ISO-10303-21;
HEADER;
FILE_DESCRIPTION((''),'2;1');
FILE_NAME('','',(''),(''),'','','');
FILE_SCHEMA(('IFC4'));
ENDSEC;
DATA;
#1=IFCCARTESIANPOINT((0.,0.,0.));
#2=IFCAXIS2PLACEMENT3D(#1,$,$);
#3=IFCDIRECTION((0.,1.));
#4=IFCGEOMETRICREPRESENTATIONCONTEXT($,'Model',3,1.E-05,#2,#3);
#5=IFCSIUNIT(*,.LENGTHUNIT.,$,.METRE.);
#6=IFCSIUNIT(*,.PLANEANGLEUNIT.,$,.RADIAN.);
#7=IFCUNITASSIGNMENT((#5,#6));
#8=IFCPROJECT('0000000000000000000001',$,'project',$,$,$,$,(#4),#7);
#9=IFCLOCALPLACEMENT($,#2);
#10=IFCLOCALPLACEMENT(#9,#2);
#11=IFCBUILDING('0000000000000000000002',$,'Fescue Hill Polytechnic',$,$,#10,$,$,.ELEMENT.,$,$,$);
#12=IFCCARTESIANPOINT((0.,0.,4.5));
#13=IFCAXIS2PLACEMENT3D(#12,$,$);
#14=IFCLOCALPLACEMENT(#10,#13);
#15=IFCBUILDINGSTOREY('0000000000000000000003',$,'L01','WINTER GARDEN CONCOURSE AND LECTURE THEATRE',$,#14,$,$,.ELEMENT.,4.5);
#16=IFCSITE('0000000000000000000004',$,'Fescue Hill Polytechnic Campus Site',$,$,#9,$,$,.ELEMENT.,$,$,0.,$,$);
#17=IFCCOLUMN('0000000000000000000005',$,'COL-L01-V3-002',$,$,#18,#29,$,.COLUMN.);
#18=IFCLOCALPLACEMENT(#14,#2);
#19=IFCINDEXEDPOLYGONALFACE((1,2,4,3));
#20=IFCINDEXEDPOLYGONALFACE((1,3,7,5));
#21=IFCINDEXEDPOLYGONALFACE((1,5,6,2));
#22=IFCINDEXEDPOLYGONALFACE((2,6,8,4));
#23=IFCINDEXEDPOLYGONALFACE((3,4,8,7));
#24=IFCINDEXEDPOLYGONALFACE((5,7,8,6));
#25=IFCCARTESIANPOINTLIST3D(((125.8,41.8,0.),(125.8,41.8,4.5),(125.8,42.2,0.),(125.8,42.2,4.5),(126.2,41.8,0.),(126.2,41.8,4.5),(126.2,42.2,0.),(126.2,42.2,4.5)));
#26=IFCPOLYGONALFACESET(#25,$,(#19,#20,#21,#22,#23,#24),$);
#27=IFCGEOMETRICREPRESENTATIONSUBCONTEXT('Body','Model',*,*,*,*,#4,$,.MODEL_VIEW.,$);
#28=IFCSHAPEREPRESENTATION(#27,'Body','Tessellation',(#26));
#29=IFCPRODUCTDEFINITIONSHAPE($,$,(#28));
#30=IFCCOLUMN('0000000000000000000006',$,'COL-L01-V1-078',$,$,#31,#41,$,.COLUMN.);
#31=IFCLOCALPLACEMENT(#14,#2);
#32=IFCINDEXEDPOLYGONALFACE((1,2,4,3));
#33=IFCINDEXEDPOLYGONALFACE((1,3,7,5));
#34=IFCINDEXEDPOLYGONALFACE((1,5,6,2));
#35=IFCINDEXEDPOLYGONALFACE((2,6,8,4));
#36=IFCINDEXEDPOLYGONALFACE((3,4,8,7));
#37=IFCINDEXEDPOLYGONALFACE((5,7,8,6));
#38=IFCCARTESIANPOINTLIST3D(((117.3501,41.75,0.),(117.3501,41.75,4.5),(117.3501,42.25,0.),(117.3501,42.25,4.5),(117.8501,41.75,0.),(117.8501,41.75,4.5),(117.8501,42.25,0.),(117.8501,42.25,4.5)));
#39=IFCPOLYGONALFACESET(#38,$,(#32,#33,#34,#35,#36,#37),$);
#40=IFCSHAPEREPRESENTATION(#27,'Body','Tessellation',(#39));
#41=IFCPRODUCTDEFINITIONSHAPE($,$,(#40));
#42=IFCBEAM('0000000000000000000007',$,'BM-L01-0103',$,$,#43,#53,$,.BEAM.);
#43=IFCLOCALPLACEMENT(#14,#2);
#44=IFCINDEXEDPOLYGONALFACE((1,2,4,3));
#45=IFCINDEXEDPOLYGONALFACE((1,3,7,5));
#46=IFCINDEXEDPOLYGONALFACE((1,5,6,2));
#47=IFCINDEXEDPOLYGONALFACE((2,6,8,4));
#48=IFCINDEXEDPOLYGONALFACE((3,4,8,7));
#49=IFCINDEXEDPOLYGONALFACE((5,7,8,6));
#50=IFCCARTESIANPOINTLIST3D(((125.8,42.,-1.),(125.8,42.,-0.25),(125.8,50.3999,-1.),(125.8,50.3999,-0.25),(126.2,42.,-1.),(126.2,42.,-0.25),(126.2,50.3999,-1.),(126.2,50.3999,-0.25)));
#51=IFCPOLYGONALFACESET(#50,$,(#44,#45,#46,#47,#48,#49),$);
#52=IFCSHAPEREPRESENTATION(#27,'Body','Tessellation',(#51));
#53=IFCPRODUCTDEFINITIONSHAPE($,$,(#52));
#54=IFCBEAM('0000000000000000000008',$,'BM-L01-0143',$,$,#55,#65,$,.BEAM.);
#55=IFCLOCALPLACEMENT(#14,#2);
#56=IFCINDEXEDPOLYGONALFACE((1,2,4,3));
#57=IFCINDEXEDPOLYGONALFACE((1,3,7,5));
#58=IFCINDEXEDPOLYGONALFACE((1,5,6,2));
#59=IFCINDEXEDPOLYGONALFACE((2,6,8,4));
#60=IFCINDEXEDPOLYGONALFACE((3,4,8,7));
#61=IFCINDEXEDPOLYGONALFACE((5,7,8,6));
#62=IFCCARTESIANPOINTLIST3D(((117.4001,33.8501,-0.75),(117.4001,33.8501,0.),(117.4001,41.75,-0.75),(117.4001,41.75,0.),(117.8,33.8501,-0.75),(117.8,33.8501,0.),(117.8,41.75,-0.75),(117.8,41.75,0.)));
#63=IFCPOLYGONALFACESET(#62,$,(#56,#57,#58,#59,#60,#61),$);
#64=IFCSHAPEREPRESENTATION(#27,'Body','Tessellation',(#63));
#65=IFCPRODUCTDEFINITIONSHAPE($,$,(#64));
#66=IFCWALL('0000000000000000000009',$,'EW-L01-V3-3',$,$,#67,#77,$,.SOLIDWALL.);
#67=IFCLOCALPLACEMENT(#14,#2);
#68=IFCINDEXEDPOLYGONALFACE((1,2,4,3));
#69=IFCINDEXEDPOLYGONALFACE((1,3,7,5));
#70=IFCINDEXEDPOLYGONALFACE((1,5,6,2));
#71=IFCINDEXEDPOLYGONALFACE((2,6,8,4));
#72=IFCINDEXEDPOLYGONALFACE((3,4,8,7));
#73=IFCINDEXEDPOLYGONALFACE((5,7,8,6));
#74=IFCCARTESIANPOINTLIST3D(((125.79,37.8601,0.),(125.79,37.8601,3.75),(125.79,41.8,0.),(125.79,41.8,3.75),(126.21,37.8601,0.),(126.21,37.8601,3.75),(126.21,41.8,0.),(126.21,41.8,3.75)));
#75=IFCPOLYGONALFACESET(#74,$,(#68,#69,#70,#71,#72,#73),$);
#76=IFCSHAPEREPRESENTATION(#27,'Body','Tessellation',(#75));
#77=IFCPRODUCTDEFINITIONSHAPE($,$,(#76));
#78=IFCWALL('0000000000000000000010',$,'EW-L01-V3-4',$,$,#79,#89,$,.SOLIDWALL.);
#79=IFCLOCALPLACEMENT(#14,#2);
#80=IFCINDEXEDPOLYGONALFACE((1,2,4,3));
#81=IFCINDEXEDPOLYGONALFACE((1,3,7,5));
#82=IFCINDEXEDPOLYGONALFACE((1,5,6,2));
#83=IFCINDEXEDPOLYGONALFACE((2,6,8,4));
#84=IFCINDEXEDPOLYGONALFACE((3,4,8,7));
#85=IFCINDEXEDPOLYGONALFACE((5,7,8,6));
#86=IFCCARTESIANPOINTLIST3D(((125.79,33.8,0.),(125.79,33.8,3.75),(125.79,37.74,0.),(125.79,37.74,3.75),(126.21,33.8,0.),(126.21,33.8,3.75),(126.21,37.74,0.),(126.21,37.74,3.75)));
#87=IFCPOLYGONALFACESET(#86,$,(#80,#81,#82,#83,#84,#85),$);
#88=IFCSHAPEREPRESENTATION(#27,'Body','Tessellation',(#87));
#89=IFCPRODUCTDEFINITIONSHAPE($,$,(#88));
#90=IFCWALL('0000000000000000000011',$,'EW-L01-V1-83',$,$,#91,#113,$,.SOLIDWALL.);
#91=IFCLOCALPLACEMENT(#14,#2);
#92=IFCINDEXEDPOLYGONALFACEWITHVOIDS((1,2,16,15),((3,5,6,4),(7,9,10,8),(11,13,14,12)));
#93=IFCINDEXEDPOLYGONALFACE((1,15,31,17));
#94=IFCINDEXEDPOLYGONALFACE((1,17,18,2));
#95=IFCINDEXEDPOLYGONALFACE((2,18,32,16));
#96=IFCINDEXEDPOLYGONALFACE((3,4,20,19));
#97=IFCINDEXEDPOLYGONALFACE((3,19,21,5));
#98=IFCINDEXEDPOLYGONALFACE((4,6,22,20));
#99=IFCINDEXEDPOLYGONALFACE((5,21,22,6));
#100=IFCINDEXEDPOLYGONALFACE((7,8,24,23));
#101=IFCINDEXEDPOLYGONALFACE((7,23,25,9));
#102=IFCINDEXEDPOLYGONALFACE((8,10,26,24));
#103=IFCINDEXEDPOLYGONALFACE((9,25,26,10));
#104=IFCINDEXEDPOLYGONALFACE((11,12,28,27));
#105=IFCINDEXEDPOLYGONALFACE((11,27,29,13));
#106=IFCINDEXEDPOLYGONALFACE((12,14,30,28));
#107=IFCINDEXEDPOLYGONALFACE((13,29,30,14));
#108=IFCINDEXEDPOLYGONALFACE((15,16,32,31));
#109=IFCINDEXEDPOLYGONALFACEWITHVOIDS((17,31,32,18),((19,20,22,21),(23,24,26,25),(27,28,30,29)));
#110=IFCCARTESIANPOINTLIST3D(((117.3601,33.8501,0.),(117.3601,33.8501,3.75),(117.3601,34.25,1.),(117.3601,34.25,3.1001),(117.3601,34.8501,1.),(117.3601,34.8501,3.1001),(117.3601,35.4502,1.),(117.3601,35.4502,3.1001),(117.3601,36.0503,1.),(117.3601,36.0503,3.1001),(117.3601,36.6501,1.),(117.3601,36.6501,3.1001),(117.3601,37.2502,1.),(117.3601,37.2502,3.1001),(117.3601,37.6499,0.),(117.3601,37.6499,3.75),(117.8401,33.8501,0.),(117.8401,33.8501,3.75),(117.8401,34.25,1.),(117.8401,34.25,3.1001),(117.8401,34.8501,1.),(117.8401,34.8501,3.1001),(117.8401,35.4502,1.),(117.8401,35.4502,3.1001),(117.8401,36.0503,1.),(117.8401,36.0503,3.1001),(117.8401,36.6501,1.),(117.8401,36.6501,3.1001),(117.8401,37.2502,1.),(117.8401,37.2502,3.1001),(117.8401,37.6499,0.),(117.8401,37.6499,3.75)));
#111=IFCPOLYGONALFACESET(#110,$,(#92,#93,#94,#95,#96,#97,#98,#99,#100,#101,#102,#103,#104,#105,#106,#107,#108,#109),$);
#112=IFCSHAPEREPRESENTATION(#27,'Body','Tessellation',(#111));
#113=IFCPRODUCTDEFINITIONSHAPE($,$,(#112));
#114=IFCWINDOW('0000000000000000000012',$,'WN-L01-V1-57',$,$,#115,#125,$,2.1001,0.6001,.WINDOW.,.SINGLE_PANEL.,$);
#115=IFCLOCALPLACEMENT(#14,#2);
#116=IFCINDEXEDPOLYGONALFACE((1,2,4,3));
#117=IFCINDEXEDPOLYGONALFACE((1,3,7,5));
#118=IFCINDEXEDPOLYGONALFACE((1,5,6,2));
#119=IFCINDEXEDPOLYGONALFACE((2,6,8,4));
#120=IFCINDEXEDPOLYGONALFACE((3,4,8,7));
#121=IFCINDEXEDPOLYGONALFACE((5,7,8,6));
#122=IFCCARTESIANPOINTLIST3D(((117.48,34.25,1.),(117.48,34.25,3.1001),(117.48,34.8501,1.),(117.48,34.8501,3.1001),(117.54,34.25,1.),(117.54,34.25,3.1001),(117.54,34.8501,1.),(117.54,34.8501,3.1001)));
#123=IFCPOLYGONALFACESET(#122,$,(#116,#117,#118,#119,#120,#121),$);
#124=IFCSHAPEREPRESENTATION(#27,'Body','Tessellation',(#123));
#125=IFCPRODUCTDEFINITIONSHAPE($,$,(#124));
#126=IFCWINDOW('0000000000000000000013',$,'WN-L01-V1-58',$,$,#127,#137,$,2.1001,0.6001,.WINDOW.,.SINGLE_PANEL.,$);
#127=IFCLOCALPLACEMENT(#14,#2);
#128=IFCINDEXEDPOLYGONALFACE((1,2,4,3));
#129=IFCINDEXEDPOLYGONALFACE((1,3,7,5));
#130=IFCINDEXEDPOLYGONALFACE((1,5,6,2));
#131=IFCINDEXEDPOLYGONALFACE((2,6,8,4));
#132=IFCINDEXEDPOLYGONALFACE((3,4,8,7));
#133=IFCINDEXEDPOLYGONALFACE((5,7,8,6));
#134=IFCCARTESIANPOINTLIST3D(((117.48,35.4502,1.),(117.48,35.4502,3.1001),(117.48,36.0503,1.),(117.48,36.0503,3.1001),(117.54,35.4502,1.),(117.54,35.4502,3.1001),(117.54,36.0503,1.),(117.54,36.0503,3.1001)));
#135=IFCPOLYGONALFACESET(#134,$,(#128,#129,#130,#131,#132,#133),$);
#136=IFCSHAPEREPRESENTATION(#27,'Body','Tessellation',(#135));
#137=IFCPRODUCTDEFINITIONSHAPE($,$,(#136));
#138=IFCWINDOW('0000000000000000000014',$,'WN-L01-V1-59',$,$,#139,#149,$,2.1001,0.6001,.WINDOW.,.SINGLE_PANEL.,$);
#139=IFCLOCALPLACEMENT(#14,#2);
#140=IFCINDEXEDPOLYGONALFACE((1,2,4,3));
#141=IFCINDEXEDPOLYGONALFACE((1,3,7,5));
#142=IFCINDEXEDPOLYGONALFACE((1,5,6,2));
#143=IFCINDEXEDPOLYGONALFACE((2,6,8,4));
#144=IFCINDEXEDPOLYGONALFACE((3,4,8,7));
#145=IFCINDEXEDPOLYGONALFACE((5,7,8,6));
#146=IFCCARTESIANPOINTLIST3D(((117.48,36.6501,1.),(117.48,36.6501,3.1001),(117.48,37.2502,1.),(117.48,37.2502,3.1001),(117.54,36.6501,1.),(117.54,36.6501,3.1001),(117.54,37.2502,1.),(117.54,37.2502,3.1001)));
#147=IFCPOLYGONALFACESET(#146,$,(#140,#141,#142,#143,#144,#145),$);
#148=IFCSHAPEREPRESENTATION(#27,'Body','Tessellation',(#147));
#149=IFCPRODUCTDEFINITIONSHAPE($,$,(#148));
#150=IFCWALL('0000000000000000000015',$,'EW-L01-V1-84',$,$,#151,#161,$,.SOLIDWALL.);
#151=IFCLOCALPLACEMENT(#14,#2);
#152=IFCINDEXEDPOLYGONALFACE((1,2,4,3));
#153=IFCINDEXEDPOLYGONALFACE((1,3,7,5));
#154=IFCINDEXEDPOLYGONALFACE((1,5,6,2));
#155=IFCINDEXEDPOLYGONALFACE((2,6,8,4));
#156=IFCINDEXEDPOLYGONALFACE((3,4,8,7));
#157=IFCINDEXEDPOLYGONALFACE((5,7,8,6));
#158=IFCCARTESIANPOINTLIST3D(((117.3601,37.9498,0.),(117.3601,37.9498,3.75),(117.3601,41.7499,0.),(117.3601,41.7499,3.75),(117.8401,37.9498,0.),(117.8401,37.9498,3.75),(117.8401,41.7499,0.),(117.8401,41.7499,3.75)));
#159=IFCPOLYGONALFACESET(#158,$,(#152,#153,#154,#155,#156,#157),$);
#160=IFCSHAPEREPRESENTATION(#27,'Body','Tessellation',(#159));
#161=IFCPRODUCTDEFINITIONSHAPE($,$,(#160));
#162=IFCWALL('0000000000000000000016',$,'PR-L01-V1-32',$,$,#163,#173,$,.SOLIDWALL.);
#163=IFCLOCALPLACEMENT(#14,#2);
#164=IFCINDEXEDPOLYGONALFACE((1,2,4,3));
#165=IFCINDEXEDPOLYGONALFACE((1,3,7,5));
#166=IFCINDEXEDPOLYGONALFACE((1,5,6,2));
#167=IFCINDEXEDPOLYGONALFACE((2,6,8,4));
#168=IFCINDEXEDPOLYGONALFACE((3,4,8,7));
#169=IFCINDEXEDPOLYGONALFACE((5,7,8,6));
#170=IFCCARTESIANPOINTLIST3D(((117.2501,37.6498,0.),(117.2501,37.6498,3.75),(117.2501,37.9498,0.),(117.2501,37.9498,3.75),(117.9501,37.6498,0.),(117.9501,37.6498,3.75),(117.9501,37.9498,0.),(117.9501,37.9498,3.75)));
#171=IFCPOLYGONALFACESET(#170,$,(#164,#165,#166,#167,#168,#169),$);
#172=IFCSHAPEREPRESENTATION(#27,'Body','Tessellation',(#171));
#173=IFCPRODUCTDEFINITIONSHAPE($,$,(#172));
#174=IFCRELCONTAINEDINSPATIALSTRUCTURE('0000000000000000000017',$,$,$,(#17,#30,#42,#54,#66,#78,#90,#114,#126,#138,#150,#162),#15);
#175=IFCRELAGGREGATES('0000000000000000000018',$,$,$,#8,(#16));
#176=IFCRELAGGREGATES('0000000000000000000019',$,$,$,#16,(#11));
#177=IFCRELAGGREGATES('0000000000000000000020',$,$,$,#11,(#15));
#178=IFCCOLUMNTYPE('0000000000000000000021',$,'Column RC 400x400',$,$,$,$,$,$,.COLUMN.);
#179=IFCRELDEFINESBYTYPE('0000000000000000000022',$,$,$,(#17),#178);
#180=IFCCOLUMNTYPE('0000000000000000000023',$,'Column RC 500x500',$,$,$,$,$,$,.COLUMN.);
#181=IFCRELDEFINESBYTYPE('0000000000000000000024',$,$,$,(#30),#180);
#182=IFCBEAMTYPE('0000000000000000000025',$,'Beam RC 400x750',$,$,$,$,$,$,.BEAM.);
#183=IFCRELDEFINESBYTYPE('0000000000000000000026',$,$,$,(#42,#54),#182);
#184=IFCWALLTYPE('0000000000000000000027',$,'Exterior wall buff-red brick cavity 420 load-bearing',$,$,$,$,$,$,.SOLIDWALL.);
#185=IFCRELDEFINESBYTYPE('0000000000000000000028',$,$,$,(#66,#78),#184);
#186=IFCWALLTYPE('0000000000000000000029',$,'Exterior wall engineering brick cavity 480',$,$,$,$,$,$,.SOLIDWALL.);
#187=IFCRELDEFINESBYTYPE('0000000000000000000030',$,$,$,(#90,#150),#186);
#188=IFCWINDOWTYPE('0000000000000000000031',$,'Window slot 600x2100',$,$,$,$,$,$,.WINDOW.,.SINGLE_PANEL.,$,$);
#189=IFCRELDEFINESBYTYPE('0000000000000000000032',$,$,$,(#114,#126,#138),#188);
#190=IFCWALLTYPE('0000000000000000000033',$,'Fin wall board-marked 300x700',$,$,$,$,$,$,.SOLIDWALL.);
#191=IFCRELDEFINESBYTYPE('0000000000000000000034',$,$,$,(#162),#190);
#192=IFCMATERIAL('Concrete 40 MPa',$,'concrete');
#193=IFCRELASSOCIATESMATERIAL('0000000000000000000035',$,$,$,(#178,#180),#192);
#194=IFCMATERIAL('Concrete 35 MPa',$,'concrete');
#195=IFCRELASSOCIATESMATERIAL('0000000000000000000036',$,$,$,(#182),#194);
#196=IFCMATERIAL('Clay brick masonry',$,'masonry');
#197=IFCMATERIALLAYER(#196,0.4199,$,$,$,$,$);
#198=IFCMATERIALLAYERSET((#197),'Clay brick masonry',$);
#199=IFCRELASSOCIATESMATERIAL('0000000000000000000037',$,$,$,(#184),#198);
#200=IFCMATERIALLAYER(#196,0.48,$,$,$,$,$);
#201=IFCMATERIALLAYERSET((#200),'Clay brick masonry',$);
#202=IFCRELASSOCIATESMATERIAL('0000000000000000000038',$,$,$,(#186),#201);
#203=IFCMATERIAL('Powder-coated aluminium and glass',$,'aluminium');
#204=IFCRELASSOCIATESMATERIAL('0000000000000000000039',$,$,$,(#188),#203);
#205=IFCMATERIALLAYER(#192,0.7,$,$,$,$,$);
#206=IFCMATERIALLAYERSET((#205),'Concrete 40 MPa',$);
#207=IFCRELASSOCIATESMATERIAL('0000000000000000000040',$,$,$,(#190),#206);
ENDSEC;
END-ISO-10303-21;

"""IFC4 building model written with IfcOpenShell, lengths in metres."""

from ifc_helpers import new_model, si_unit, direction, frame, frame_2d, origin, origin_2d, place, context, subcontext, project, spatial, rectangle, extrude, material, layer, layer_set, material_profile, profile_set, type_object, element, fill, save


model = new_model("IFC4")

# Units and contexts
model_context = context("Model", 3, precision=1e-05, world=origin(), true_north=direction((0.0, 1.0)))
body_context = subcontext(model_context, "Body", "Model", "MODEL_VIEW")
ifc_project = project(units=[si_unit("LENGTHUNIT", "METRE"), si_unit("PLANEANGLEUNIT", "RADIAN")], contexts=[model_context])

# Site, building, storey
site_placement = place(None, origin())
site = spatial("IfcSite", under=ifc_project, at=site_placement, Name="Fescue Hill Polytechnic Campus Site", CompositionType="ELEMENT", RefElevation=0.0)
building_placement = place(site_placement, origin())
building = spatial("IfcBuilding", under=site, at=building_placement, Name="Fescue Hill Polytechnic", CompositionType="ELEMENT")
storey_placement = place(building_placement, frame((0.0, 0.0, 4.5)))
storey = spatial("IfcBuildingStorey", under=building, at=storey_placement, Name="L01", Description="WINTER GARDEN CONCOURSE AND LECTURE THEATRE", CompositionType="ELEMENT", Elevation=4.5)

# Columns
ifc_material_1 = material(Name="Concrete 40 MPa", Category="concrete")
ifc_material_profile_1 = material_profile(ifc_material_1, rectangle(XDim=0.3999, YDim=0.3999, at=origin_2d()), Name="RC 400x400")
ifc_profile_set_1 = profile_set([ifc_material_profile_1], Name="Concrete 40 MPa")
column_type_1 = type_object("IfcColumnType", Name="Column RC 400x400", PredefinedType="COLUMN", material=ifc_profile_set_1)
column_1_placement = place(storey_placement, frame((126.0, 42.0, 0.0), z_axis=(0.0, 0.0, 1.0), x_axis=(1.0, 0.0, 0.0)))
element("IfcColumn", 1, at=column_1_placement, inside=storey, type_object=column_type_1, Name="COL-L01-V3-002", PredefinedType="COLUMN", context=body_context, shape_type="SweptSolid", body=[
    extrude(rectangle(XDim=0.3999, YDim=0.3999, at=origin_2d()), origin(), (0.0, 0.0, 1.0), 4.5),
])
ifc_material_profile_2 = material_profile(ifc_material_1, rectangle(XDim=0.5, YDim=0.5, at=origin_2d()), Name="RC 500x500")
ifc_profile_set_2 = profile_set([ifc_material_profile_2], Name="Concrete 40 MPa")
column_type_2 = type_object("IfcColumnType", Name="Column RC 500x500", PredefinedType="COLUMN", material=ifc_profile_set_2)
column_2_placement = place(storey_placement, frame((117.6001, 42.0, 0.0), z_axis=(0.0, 0.0, 1.0), x_axis=(1.0, 0.0, 0.0)))
element("IfcColumn", 2, at=column_2_placement, inside=storey, type_object=column_type_2, Name="COL-L01-V1-078", PredefinedType="COLUMN", context=body_context, shape_type="SweptSolid", body=[
    extrude(rectangle(XDim=0.5, YDim=0.5, at=origin_2d()), origin(), (0.0, 0.0, 1.0), 4.5),
])

# Beams
ifc_material_2 = material(Name="Concrete 35 MPa", Category="concrete")
ifc_material_profile_3 = material_profile(ifc_material_2, rectangle(XDim=0.3999, YDim=0.75, at=origin_2d()), Name="RC 400x750")
ifc_profile_set_3 = profile_set([ifc_material_profile_3], Name="Concrete 35 MPa")
beam_type = type_object("IfcBeamType", Name="Beam RC 400x750", PredefinedType="BEAM", material=ifc_profile_set_3)
beam_1_placement = place(storey_placement, frame((126.0, 42.0, -0.625), z_axis=(0.0, 1.0, 0.0), x_axis=(-1.0, 0.0, 0.0)))
element("IfcBeam", 3, at=beam_1_placement, inside=storey, type_object=beam_type, Name="BM-L01-0103", PredefinedType="BEAM", context=body_context, shape_type="SweptSolid", body=[
    extrude(rectangle(XDim=0.3999, YDim=0.75, at=origin_2d()), origin(), (0.0, 0.0, 1.0), 8.3999),
])
beam_2_placement = place(storey_placement, frame((117.6001, 33.8501, -0.375), z_axis=(0.0, 1.0, 0.0), x_axis=(-1.0, 0.0, 0.0)))
element("IfcBeam", 4, at=beam_2_placement, inside=storey, type_object=beam_type, Name="BM-L01-0143", PredefinedType="BEAM", context=body_context, shape_type="SweptSolid", body=[
    extrude(rectangle(XDim=0.3999, YDim=0.75, at=origin_2d()), origin(), (0.0, 0.0, 1.0), 7.8999),
])

# Walls
ifc_material_3 = material(Name="Clay brick masonry", Category="masonry")
ifc_layer_1 = layer(ifc_material_3, 0.4199)
ifc_layer_set_1 = layer_set([ifc_layer_1], Name="Clay brick masonry")
wall_type_1 = type_object("IfcWallType", Name="Exterior wall buff-red brick cavity 420 load-bearing", PredefinedType="SOLIDWALL", material=ifc_layer_set_1)
for number, where, z_axis, x_axis, name in (
    (5, (126.0, 41.8, 0.0), (0.0, 0.0, 1.0), (0.0, -1.0, 0.0), "EW-L01-V3-3"),
    (6, (126.0, 37.74, 0.0), (0.0, 0.0, 1.0), (0.0, -1.0, 0.0), "EW-L01-V3-4"),
):
    element("IfcWall", number, at=place(storey_placement, frame(where, z_axis=z_axis, x_axis=x_axis)), inside=storey, type_object=wall_type_1, Name=name, PredefinedType="SOLIDWALL", context=body_context, shape_type="SweptSolid", body=[
        extrude(rectangle(XDim=3.9399, YDim=0.4199, at=frame_2d((1.97, 0.0))), origin(), (0.0, 0.0, 1.0), 3.75),
    ])

# Wall, openings, windows
ifc_layer_2 = layer(ifc_material_3, 0.48)
ifc_layer_set_2 = layer_set([ifc_layer_2], Name="Clay brick masonry")
wall_type_2 = type_object("IfcWallType", Name="Exterior wall engineering brick cavity 480", PredefinedType="SOLIDWALL", material=ifc_layer_set_2)
wall_1_placement = place(storey_placement, frame((117.6001, 33.8501, 0.0), z_axis=(0.0, 0.0, 1.0), x_axis=(0.0, 1.0, 0.0)))
wall_1 = element("IfcWall", 7, at=wall_1_placement, inside=storey, type_object=wall_type_2, Name="EW-L01-V1-83", PredefinedType="SOLIDWALL", context=body_context, shape_type="SweptSolid", body=[
    extrude(rectangle(XDim=3.7998, YDim=0.48, at=frame_2d((1.8999, 0.0))), origin(), (0.0, 0.0, 1.0), 3.75),
])
opening_1_placement = place(wall_1_placement, frame((0.3999, 0.0, 1.0)))
opening_1 = element("IfcOpeningElement", 8, at=opening_1_placement, cuts=wall_1, PredefinedType="OPENING", context=body_context, shape_type="SweptSolid", body=[
    extrude(rectangle(XDim=0.6001, YDim=2.1001, at=frame_2d((0.3, 1.05))), frame((0.0, 0.25, 0.0), z_axis=(0.0, -1.0, 0.0), x_axis=(1.0, 0.0, 0.0)), (0.0, 0.0, 1.0), 0.5),
])
opening_2_placement = place(wall_1_placement, frame((1.6001, 0.0, 1.0)))
opening_2 = element("IfcOpeningElement", 9, at=opening_2_placement, cuts=wall_1, PredefinedType="OPENING", context=body_context, shape_type="SweptSolid", body=[
    extrude(rectangle(XDim=0.6001, YDim=2.1001, at=frame_2d((0.3, 1.05))), frame((0.0, 0.25, 0.0), z_axis=(0.0, -1.0, 0.0), x_axis=(1.0, 0.0, 0.0)), (0.0, 0.0, 1.0), 0.5),
])
opening_3_placement = place(wall_1_placement, frame((2.8, 0.0, 1.0)))
opening_3 = element("IfcOpeningElement", 10, at=opening_3_placement, cuts=wall_1, PredefinedType="OPENING", context=body_context, shape_type="SweptSolid", body=[
    extrude(rectangle(XDim=0.6001, YDim=2.1001, at=frame_2d((0.3, 1.05))), frame((0.0, 0.25, 0.0), z_axis=(0.0, -1.0, 0.0), x_axis=(1.0, 0.0, 0.0)), (0.0, 0.0, 1.0), 0.5),
])
ifc_material_4 = material(Name="Powder-coated aluminium and glass", Category="aluminium")
window_type = type_object("IfcWindowType", Name="Window slot 600x2100", PartitioningType="SINGLE_PANEL", PredefinedType="WINDOW", material=ifc_material_4)
window_1_placement = place(opening_1_placement, origin())
window_1 = element("IfcWindow", 11, at=window_1_placement, inside=storey, type_object=window_type, Name="WN-L01-V1-57", OverallHeight=2.1001, OverallWidth=0.6001, PartitioningType="SINGLE_PANEL", PredefinedType="WINDOW", context=body_context, shape_type="SweptSolid", body=[
    extrude(rectangle(XDim=0.6001, YDim=2.1001, at=frame_2d((0.3, 1.05))), frame((0.0, 0.1201, 0.0), z_axis=(0.0, -1.0, 0.0), x_axis=(1.0, 0.0, 0.0)), (0.0, 0.0, 1.0), 0.0601),
])
fill(opening_1, window_1)
window_2_placement = place(opening_2_placement, origin())
window_2 = element("IfcWindow", 12, at=window_2_placement, inside=storey, type_object=window_type, Name="WN-L01-V1-58", OverallHeight=2.1001, OverallWidth=0.6001, PartitioningType="SINGLE_PANEL", PredefinedType="WINDOW", context=body_context, shape_type="SweptSolid", body=[
    extrude(rectangle(XDim=0.6001, YDim=2.1001, at=frame_2d((0.3, 1.05))), frame((0.0, 0.1201, 0.0), z_axis=(0.0, -1.0, 0.0), x_axis=(1.0, 0.0, 0.0)), (0.0, 0.0, 1.0), 0.0601),
])
fill(opening_2, window_2)
window_3_placement = place(opening_3_placement, origin())
window_3 = element("IfcWindow", 13, at=window_3_placement, inside=storey, type_object=window_type, Name="WN-L01-V1-59", OverallHeight=2.1001, OverallWidth=0.6001, PartitioningType="SINGLE_PANEL", PredefinedType="WINDOW", context=body_context, shape_type="SweptSolid", body=[
    extrude(rectangle(XDim=0.6001, YDim=2.1001, at=frame_2d((0.3, 1.05))), frame((0.0, 0.1201, 0.0), z_axis=(0.0, -1.0, 0.0), x_axis=(1.0, 0.0, 0.0)), (0.0, 0.0, 1.0), 0.0601),
])
fill(opening_3, window_3)

# Walls
wall_2_placement = place(storey_placement, frame((117.6001, 37.95, 0.0), z_axis=(0.0, 0.0, 1.0), x_axis=(0.0, 1.0, 0.0)))
element("IfcWall", 14, at=wall_2_placement, inside=storey, type_object=wall_type_2, Name="EW-L01-V1-84", PredefinedType="SOLIDWALL", context=body_context, shape_type="SweptSolid", body=[
    extrude(rectangle(XDim=3.8, YDim=0.48, at=frame_2d((1.8999, 0.0))), origin(), (0.0, 0.0, 1.0), 3.75),
])
ifc_layer_3 = layer(ifc_material_1, 0.7)
ifc_layer_set_3 = layer_set([ifc_layer_3], Name="Concrete 40 MPa")
wall_type_3 = type_object("IfcWallType", Name="Fin wall board-marked 300x700", PredefinedType="SOLIDWALL", material=ifc_layer_set_3)
wall_3_placement = place(storey_placement, frame((117.6001, 37.6499, 0.0), z_axis=(0.0, 0.0, 1.0), x_axis=(0.0, 1.0, 0.0)))
element("IfcWall", 15, at=wall_3_placement, inside=storey, type_object=wall_type_3, Name="PR-L01-V1-32", PredefinedType="SOLIDWALL", context=body_context, shape_type="SweptSolid", body=[
    extrude(rectangle(XDim=0.3, YDim=0.7, at=frame_2d((0.1499, 0.0))), origin(), (0.0, 0.0, 1.0), 3.75),
])

save(model, "model.ifc")
